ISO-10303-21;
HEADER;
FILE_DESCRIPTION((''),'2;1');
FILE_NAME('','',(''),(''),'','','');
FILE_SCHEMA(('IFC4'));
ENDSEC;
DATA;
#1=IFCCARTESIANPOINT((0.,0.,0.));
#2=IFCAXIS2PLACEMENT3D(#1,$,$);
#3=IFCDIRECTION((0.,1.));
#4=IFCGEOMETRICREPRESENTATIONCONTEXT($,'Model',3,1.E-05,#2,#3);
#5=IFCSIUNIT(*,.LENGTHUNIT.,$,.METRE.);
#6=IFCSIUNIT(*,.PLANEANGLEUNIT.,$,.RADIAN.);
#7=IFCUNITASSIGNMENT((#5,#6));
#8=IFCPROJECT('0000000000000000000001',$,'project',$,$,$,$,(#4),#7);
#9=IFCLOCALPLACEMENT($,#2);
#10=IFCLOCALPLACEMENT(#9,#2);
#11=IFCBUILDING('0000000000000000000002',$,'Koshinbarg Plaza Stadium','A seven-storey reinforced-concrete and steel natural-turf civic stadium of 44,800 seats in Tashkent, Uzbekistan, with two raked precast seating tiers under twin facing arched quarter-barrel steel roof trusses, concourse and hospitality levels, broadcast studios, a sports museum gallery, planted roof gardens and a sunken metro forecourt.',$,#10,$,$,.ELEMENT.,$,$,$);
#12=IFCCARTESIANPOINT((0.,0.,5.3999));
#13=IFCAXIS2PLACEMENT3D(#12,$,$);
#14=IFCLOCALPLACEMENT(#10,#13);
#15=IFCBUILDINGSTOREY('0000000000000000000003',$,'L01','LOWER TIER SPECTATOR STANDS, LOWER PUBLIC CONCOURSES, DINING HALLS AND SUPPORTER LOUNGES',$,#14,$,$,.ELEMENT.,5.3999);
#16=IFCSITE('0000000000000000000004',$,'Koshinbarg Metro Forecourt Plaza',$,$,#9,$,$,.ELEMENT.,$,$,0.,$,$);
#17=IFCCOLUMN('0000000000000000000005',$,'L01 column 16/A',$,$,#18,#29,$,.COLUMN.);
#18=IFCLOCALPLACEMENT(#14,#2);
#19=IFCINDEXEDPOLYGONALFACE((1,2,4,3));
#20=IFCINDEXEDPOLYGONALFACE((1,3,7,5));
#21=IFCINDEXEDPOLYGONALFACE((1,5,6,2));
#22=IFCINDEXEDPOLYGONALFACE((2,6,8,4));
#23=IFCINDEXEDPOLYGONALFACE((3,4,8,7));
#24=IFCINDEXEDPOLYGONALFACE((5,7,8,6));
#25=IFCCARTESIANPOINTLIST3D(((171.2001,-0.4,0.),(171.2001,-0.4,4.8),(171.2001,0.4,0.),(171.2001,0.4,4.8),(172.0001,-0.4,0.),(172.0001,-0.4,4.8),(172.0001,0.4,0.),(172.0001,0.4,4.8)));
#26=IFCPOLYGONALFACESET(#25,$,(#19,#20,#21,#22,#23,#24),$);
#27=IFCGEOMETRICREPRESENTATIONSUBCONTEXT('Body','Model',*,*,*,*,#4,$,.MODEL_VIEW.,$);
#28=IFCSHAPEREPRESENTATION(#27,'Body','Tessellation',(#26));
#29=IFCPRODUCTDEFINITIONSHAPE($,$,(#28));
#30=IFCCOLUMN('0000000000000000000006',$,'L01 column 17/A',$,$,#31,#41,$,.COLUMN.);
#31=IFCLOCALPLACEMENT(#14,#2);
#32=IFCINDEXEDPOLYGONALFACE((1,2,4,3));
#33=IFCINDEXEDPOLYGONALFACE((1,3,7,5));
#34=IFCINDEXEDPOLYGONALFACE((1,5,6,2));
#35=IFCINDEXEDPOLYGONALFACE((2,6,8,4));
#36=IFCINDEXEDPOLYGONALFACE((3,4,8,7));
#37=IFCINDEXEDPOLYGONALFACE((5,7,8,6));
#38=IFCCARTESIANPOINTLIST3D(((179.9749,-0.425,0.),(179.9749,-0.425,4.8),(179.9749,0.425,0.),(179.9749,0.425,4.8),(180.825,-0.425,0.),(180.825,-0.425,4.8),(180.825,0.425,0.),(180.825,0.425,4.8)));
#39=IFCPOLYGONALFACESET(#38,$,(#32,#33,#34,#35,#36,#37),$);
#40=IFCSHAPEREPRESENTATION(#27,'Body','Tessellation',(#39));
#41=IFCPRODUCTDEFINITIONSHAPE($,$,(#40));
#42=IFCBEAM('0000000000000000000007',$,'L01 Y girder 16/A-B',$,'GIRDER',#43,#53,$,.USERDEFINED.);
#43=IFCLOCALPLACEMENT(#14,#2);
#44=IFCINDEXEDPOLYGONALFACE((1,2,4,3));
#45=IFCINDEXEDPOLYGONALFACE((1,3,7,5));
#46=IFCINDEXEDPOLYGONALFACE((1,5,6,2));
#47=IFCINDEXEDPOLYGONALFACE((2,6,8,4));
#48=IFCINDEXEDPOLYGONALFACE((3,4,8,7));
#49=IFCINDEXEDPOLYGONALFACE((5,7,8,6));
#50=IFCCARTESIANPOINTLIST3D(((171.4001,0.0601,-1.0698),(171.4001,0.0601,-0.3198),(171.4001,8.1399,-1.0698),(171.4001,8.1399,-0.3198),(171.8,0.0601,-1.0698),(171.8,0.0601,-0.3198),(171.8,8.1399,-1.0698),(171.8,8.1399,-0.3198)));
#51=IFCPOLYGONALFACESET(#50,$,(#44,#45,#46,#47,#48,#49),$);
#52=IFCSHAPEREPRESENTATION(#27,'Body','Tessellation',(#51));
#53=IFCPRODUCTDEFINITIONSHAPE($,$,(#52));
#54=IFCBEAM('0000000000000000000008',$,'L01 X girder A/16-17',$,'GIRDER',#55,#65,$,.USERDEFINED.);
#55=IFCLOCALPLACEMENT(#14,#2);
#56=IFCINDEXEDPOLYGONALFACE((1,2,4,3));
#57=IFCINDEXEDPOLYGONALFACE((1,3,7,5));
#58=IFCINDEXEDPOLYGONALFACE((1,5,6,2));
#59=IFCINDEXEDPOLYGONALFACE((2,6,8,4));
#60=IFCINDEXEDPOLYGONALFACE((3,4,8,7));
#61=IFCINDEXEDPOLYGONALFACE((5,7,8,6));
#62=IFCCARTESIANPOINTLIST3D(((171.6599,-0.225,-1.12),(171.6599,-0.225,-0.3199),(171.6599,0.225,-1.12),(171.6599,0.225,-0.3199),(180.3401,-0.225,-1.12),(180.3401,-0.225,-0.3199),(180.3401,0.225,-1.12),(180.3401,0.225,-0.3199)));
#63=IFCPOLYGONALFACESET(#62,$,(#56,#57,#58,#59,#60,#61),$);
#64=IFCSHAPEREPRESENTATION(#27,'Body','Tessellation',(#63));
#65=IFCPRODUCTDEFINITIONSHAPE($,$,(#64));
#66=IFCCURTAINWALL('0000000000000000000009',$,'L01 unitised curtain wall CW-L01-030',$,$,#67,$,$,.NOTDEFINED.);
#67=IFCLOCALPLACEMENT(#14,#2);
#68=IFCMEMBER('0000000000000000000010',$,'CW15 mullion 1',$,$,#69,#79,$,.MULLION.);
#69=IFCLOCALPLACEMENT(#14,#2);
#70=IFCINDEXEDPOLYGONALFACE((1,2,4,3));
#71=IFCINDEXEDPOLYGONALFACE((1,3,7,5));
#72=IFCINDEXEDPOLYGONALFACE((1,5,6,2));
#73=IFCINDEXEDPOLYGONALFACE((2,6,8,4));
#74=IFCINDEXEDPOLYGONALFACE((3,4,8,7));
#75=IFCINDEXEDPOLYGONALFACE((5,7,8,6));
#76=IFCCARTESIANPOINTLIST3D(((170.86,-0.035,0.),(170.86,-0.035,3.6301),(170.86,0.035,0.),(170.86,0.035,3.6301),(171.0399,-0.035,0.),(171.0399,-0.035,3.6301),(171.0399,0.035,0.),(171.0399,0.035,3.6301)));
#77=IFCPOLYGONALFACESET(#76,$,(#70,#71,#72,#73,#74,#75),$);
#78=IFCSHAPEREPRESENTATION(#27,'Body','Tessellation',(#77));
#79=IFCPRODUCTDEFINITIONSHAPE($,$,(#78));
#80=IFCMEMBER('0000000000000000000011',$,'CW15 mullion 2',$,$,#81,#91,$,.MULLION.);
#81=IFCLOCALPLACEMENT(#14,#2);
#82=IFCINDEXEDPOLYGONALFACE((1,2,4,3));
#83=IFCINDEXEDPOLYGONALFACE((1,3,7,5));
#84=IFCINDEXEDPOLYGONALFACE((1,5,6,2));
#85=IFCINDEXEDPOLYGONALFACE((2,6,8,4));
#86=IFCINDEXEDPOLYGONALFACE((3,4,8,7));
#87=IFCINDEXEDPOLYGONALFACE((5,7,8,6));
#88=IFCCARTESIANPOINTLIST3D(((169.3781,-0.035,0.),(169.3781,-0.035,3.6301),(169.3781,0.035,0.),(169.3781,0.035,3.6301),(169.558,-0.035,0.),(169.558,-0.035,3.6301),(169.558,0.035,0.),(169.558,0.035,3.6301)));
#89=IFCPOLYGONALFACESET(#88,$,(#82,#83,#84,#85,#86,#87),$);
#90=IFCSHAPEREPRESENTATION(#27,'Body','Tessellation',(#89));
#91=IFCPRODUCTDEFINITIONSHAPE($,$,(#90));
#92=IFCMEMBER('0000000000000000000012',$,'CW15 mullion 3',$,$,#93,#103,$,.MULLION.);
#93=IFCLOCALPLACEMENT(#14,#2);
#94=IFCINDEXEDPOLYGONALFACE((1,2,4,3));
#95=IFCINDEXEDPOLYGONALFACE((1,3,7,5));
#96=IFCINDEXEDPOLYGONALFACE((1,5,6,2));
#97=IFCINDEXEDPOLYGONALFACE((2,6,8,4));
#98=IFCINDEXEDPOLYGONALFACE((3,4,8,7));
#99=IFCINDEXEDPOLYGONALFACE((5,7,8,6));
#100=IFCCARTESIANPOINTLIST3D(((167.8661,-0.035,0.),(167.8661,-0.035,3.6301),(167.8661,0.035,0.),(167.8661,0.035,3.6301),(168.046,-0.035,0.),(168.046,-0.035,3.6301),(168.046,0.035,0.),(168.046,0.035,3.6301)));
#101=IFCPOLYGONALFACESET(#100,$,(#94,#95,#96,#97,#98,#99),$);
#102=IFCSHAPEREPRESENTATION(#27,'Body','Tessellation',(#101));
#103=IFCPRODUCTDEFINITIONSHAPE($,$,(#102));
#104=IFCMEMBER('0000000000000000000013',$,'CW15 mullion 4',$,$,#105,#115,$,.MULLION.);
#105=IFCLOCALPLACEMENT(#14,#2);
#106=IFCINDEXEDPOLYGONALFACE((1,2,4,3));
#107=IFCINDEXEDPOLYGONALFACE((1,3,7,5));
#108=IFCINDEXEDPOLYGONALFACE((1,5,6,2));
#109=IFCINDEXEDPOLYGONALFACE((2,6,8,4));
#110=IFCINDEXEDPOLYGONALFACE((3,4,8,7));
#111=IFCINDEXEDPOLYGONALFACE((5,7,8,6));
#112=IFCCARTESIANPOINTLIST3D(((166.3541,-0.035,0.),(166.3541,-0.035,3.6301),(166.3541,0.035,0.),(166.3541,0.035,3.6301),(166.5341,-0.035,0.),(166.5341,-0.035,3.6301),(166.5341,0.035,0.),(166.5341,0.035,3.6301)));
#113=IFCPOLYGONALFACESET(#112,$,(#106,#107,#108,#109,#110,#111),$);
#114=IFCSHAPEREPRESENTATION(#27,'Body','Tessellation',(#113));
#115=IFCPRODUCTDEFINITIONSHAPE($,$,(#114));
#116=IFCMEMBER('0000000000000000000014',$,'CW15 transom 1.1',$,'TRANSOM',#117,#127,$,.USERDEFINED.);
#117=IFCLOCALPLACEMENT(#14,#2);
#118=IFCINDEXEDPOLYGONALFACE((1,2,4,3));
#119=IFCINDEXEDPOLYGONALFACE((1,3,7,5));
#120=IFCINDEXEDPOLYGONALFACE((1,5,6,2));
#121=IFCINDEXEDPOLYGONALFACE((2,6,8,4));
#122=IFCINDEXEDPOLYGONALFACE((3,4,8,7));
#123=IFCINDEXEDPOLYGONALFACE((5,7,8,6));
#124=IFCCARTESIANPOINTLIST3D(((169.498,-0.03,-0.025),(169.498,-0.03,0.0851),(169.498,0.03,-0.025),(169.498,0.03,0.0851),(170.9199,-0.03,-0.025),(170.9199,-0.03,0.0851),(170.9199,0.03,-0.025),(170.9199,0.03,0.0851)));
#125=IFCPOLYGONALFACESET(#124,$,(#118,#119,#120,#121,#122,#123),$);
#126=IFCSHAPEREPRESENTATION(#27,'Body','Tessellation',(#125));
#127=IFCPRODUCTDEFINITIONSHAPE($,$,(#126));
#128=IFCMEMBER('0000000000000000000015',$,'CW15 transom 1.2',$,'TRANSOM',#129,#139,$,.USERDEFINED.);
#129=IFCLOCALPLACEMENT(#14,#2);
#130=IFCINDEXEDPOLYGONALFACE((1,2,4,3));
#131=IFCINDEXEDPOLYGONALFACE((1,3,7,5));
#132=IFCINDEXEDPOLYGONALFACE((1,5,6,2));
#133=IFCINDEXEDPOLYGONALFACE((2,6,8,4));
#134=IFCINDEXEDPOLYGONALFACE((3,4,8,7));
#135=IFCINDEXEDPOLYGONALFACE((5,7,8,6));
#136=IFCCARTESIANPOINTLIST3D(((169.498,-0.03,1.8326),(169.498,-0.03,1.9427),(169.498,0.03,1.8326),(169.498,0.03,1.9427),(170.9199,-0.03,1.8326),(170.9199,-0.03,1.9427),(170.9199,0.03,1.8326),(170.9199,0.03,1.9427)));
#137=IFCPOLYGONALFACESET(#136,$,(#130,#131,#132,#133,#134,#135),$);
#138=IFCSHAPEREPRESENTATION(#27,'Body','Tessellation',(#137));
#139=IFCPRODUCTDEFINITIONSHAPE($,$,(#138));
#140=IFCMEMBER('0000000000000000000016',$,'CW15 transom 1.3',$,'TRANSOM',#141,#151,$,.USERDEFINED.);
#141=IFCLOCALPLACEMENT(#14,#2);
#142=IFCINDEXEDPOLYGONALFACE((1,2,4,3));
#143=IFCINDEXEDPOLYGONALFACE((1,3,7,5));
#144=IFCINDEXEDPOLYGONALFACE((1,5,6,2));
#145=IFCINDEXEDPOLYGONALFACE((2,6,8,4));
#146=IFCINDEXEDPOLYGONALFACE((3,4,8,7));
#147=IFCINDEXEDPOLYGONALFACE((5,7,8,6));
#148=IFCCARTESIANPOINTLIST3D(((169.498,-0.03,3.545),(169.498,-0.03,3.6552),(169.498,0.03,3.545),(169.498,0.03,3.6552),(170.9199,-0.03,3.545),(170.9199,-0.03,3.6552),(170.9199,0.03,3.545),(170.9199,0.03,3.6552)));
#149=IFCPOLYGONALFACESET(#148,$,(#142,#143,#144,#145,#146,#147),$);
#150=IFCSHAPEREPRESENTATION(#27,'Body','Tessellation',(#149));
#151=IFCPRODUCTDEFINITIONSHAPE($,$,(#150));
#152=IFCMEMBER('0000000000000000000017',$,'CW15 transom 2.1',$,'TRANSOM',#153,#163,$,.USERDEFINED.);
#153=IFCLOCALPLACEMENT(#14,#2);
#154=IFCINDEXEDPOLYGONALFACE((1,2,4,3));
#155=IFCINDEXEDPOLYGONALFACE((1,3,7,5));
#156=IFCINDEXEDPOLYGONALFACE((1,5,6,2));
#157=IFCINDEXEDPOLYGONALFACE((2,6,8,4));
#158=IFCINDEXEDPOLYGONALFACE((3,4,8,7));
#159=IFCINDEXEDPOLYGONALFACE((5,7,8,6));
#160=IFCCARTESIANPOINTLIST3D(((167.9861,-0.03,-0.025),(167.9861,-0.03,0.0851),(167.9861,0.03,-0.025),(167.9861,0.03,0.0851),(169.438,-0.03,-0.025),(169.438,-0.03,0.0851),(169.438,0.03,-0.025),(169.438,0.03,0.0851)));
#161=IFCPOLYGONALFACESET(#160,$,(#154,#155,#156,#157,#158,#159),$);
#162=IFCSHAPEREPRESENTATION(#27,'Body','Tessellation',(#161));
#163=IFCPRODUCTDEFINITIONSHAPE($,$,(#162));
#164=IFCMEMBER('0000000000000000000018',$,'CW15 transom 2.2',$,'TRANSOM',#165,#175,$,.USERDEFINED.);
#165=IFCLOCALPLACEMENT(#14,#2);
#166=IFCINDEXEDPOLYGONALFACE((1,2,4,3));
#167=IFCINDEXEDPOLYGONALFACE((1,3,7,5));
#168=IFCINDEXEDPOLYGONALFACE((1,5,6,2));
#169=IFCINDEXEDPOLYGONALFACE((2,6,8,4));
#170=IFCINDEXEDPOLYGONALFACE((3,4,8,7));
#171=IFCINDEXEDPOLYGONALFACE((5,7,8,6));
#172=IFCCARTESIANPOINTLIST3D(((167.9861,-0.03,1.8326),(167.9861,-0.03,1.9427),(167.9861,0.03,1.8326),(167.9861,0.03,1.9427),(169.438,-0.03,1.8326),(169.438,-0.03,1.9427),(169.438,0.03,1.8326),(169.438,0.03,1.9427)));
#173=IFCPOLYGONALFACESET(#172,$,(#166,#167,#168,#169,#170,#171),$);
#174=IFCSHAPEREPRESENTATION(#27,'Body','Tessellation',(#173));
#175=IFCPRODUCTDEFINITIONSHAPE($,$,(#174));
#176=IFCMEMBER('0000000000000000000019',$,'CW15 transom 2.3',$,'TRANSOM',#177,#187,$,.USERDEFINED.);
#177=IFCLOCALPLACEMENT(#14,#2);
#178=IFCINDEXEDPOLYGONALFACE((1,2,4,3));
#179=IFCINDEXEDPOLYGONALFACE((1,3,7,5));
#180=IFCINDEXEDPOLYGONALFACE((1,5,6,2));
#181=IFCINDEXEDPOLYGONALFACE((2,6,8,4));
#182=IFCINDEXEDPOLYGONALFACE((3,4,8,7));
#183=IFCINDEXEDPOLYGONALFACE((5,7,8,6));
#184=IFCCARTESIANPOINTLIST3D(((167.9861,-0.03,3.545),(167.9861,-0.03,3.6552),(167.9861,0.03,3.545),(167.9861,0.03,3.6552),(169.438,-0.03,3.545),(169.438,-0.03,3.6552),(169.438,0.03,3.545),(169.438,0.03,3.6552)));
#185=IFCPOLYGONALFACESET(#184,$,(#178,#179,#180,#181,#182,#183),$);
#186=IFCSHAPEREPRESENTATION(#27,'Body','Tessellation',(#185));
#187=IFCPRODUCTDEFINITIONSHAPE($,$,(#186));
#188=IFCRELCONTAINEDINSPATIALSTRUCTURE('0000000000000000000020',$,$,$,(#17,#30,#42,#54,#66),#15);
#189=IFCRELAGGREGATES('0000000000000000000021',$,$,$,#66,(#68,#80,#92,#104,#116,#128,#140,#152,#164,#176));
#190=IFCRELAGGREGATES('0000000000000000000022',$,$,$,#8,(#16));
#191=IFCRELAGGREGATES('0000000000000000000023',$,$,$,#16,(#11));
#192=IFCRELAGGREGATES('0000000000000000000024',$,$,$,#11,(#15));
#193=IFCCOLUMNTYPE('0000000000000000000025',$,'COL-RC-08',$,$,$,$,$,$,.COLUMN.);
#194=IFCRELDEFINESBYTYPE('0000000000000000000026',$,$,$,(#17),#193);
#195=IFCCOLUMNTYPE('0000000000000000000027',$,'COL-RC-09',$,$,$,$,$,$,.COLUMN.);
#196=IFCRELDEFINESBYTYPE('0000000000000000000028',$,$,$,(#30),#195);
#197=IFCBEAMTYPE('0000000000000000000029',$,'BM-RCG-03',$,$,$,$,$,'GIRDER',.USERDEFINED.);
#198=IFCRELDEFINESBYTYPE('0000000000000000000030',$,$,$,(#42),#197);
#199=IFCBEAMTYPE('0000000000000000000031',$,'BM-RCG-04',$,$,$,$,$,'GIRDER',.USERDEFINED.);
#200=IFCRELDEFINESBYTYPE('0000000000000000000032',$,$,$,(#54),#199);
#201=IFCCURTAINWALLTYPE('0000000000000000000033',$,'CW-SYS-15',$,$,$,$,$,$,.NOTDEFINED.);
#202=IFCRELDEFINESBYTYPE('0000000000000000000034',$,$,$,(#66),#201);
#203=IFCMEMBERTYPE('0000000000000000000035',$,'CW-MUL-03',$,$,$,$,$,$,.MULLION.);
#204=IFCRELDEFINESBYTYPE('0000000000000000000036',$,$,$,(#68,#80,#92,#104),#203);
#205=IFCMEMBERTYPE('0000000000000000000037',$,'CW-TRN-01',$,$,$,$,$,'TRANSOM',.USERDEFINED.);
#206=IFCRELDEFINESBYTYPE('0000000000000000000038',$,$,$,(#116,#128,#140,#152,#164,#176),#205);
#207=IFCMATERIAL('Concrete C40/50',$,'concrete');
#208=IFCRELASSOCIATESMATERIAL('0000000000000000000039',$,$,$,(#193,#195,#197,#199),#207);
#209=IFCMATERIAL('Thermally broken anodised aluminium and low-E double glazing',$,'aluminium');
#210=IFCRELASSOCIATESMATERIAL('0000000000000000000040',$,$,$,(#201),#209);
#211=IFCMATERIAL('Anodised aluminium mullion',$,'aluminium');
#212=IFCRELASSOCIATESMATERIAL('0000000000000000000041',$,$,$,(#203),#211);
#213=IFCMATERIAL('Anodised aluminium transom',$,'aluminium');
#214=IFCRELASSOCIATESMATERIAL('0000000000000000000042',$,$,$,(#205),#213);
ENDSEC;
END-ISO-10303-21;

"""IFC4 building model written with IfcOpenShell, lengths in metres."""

from ifc_helpers import new_model, si_unit, direction, frame, origin, origin_2d, place, context, subcontext, project, spatial, rectangle, extrude, material, material_profile, profile_set, type_object, element, aggregate, save


model = new_model("IFC4")

# Units and contexts
model_context = context("Model", 3, precision=1e-05, world=origin(), true_north=direction((0.0, 1.0)))
body_context = subcontext(model_context, "Body", "Model", "MODEL_VIEW")
ifc_project = project(units=[si_unit("LENGTHUNIT", "METRE"), si_unit("PLANEANGLEUNIT", "RADIAN")], contexts=[model_context])

# Site, building, storey
site_placement = place(None, origin())
site = spatial("IfcSite", under=ifc_project, at=site_placement, Name="Koshinbarg Metro Forecourt Plaza", CompositionType="ELEMENT", RefElevation=0.0)
building_placement = place(site_placement, origin())
building = spatial("IfcBuilding", under=site, at=building_placement, Name="Koshinbarg Plaza Stadium", Description="A seven-storey reinforced-concrete and steel natural-turf civic stadium of 44,800 seats in Tashkent, Uzbekistan, with two raked precast seating tiers under twin facing arched quarter-barrel steel roof trusses, concourse and hospitality levels, broadcast studios, a sports museum gallery, planted roof gardens and a sunken metro forecourt.", CompositionType="ELEMENT")
storey_placement = place(building_placement, frame((0.0, 0.0, 5.3999)))
storey = spatial("IfcBuildingStorey", under=building, at=storey_placement, Name="L01", Description="LOWER TIER SPECTATOR STANDS, LOWER PUBLIC CONCOURSES, DINING HALLS AND SUPPORTER LOUNGES", CompositionType="ELEMENT", Elevation=5.3999)

# Columns
ifc_material_1 = material(Name="Concrete C40/50", Category="concrete")
ifc_material_profile_1 = material_profile(ifc_material_1, rectangle(XDim=0.8, YDim=0.8, at=origin_2d()), Name="RC 800x800")
ifc_profile_set_1 = profile_set([ifc_material_profile_1], Name="Concrete C40/50")
column_type_1 = type_object("IfcColumnType", Name="COL-RC-08", PredefinedType="COLUMN", material=ifc_profile_set_1)
column_1_placement = place(storey_placement, frame((171.6001, 0.0, 0.0), z_axis=(0.0, 0.0, 1.0), x_axis=(1.0, 0.0, 0.0)))
element("IfcColumn", 1, at=column_1_placement, inside=storey, type_object=column_type_1, Name="L01 column 16/A", PredefinedType="COLUMN", context=body_context, shape_type="SweptSolid", body=[
    extrude(rectangle(XDim=0.8, YDim=0.8, at=origin_2d()), origin(), (0.0, 0.0, 1.0), 4.8),
])
ifc_material_profile_2 = material_profile(ifc_material_1, rectangle(XDim=0.8501, YDim=0.8501, at=origin_2d()), Name="RC 850x850")
ifc_profile_set_2 = profile_set([ifc_material_profile_2], Name="Concrete C40/50")
column_type_2 = type_object("IfcColumnType", Name="COL-RC-09", PredefinedType="COLUMN", material=ifc_profile_set_2)
column_2_placement = place(storey_placement, frame((180.3999, 0.0, 0.0), z_axis=(0.0, 0.0, 1.0), x_axis=(1.0, 0.0, 0.0)))
element("IfcColumn", 2, at=column_2_placement, inside=storey, type_object=column_type_2, Name="L01 column 17/A", PredefinedType="COLUMN", context=body_context, shape_type="SweptSolid", body=[
    extrude(rectangle(XDim=0.8501, YDim=0.8501, at=origin_2d()), origin(), (0.0, 0.0, 1.0), 4.8),
])

# Beams
ifc_material_profile_3 = material_profile(ifc_material_1, rectangle(XDim=0.3999, YDim=0.75, at=origin_2d()), Name="RC 400x750")
ifc_profile_set_3 = profile_set([ifc_material_profile_3], Name="Concrete C40/50")
beam_type_1 = type_object("IfcBeamType", Name="BM-RCG-03", ElementType="GIRDER", PredefinedType="USERDEFINED", material=ifc_profile_set_3)
beam_1_placement = place(storey_placement, frame((171.6001, 0.0601, -0.6948), z_axis=(0.0, 1.0, 0.0), x_axis=(-1.0, 0.0, 0.0)))
element("IfcBeam", 3, at=beam_1_placement, inside=storey, type_object=beam_type_1, Name="L01 Y girder 16/A-B", ObjectType="GIRDER", PredefinedType="USERDEFINED", context=body_context, shape_type="SweptSolid", body=[
    extrude(rectangle(XDim=0.3999, YDim=0.75, at=origin_2d()), origin(), (0.0, 0.0, 1.0), 8.0798),
])
ifc_material_profile_4 = material_profile(ifc_material_1, rectangle(XDim=0.45, YDim=0.8, at=origin_2d()), Name="RC 450x800")
ifc_profile_set_4 = profile_set([ifc_material_profile_4], Name="Concrete C40/50")
beam_type_2 = type_object("IfcBeamType", Name="BM-RCG-04", ElementType="GIRDER", PredefinedType="USERDEFINED", material=ifc_profile_set_4)
beam_2_placement = place(storey_placement, frame((171.6599, 0.0, -0.72), z_axis=(1.0, 0.0, 0.0), x_axis=(0.0, 1.0, 0.0)))
element("IfcBeam", 4, at=beam_2_placement, inside=storey, type_object=beam_type_2, Name="L01 X girder A/16-17", ObjectType="GIRDER", PredefinedType="USERDEFINED", context=body_context, shape_type="SweptSolid", body=[
    extrude(rectangle(XDim=0.45, YDim=0.8, at=origin_2d()), origin(), (0.0, 0.0, 1.0), 8.6802),
])

# Curtain wall, members
ifc_material_2 = material(Name="Thermally broken anodised aluminium and low-E double glazing", Category="aluminium")
curtain_wall_type = type_object("IfcCurtainWallType", Name="CW-SYS-15", PredefinedType="NOTDEFINED", material=ifc_material_2)
curtain_wall_placement = place(storey_placement, origin())
curtain_wall = element("IfcCurtainWall", 5, at=curtain_wall_placement, inside=storey, type_object=curtain_wall_type, Name="L01 unitised curtain wall CW-L01-030", PredefinedType="NOTDEFINED")
ifc_material_3 = material(Name="Anodised aluminium mullion", Category="aluminium")
ifc_material_profile_5 = material_profile(ifc_material_3, rectangle(XDim=0.0701, YDim=0.1799, at=origin_2d()), Name="ALU 70x180")
ifc_profile_set_5 = profile_set([ifc_material_profile_5], Name="Anodised aluminium mullion")
member_type_1 = type_object("IfcMemberType", Name="CW-MUL-03", PredefinedType="MULLION", material=ifc_profile_set_5)
member_1_placement = place(storey_placement, frame((170.95, 0.0, 0.0), z_axis=(0.0, 0.0, 1.0), x_axis=(0.0, -1.0, 0.0)))
member_1 = element("IfcMember", 6, at=member_1_placement, type_object=member_type_1, Name="CW15 mullion 1", PredefinedType="MULLION", context=body_context, shape_type="SweptSolid", body=[
    extrude(rectangle(XDim=0.0701, YDim=0.1799, at=origin_2d()), origin(), (0.0, 0.0, 1.0), 3.6301),
])
member_2_placement = place(storey_placement, frame((169.468, 0.0, 0.0), z_axis=(0.0, 0.0, 1.0), x_axis=(0.0, -1.0, 0.0)))
member_2 = element("IfcMember", 7, at=member_2_placement, type_object=member_type_1, Name="CW15 mullion 2", PredefinedType="MULLION", context=body_context, shape_type="SweptSolid", body=[
    extrude(rectangle(XDim=0.0701, YDim=0.1799, at=origin_2d()), origin(), (0.0, 0.0, 1.0), 3.6301),
])
member_3_placement = place(storey_placement, frame((167.9561, 0.0, 0.0), z_axis=(0.0, 0.0, 1.0), x_axis=(0.0, -1.0, 0.0)))
member_3 = element("IfcMember", 8, at=member_3_placement, type_object=member_type_1, Name="CW15 mullion 3", PredefinedType="MULLION", context=body_context, shape_type="SweptSolid", body=[
    extrude(rectangle(XDim=0.0701, YDim=0.1799, at=origin_2d()), origin(), (0.0, 0.0, 1.0), 3.6301),
])
member_4_placement = place(storey_placement, frame((166.4441, 0.0, 0.0), z_axis=(0.0, 0.0, 1.0), x_axis=(0.0, -1.0, 0.0)))
member_4 = element("IfcMember", 9, at=member_4_placement, type_object=member_type_1, Name="CW15 mullion 4", PredefinedType="MULLION", context=body_context, shape_type="SweptSolid", body=[
    extrude(rectangle(XDim=0.0701, YDim=0.1799, at=origin_2d()), origin(), (0.0, 0.0, 1.0), 3.6301),
])
ifc_material_4 = material(Name="Anodised aluminium transom", Category="aluminium")
ifc_material_profile_6 = material_profile(ifc_material_4, rectangle(XDim=0.0601, YDim=0.1101, at=origin_2d()), Name="ALU 60x110")
ifc_profile_set_6 = profile_set([ifc_material_profile_6], Name="Anodised aluminium transom")
member_type_2 = type_object("IfcMemberType", Name="CW-TRN-01", ElementType="TRANSOM", PredefinedType="USERDEFINED", material=ifc_profile_set_6)
member_5_placement = place(storey_placement, frame((170.9199, 0.0, 0.03), z_axis=(-1.0, 0.0, 0.0), x_axis=(0.0, -1.0, 0.0)))
member_5 = element("IfcMember", 10, at=member_5_placement, type_object=member_type_2, Name="CW15 transom 1.1", ObjectType="TRANSOM", PredefinedType="USERDEFINED", context=body_context, shape_type="SweptSolid", body=[
    extrude(rectangle(XDim=0.0601, YDim=0.1101, at=origin_2d()), origin(), (0.0, 0.0, 1.0), 1.4219),
])
member_6_placement = place(storey_placement, frame((170.9199, 0.0, 1.8877), z_axis=(-1.0, 0.0, 0.0), x_axis=(0.0, -1.0, 0.0)))
member_6 = element("IfcMember", 11, at=member_6_placement, type_object=member_type_2, Name="CW15 transom 1.2", ObjectType="TRANSOM", PredefinedType="USERDEFINED", context=body_context, shape_type="SweptSolid", body=[
    extrude(rectangle(XDim=0.0601, YDim=0.1101, at=origin_2d()), origin(), (0.0, 0.0, 1.0), 1.4219),
])
member_7_placement = place(storey_placement, frame((170.9199, 0.0, 3.6001), z_axis=(-1.0, 0.0, 0.0), x_axis=(0.0, -1.0, 0.0)))
member_7 = element("IfcMember", 12, at=member_7_placement, type_object=member_type_2, Name="CW15 transom 1.3", ObjectType="TRANSOM", PredefinedType="USERDEFINED", context=body_context, shape_type="SweptSolid", body=[
    extrude(rectangle(XDim=0.0601, YDim=0.1101, at=origin_2d()), origin(), (0.0, 0.0, 1.0), 1.4219),
])
member_8_placement = place(storey_placement, frame((169.438, 0.0, 0.03), z_axis=(-1.0, 0.0, 0.0), x_axis=(0.0, -1.0, 0.0)))
member_8 = element("IfcMember", 13, at=member_8_placement, type_object=member_type_2, Name="CW15 transom 2.1", ObjectType="TRANSOM", PredefinedType="USERDEFINED", context=body_context, shape_type="SweptSolid", body=[
    extrude(rectangle(XDim=0.0601, YDim=0.1101, at=origin_2d()), origin(), (0.0, 0.0, 1.0), 1.4519),
])
member_9_placement = place(storey_placement, frame((169.438, 0.0, 1.8877), z_axis=(-1.0, 0.0, 0.0), x_axis=(0.0, -1.0, 0.0)))
member_9 = element("IfcMember", 14, at=member_9_placement, type_object=member_type_2, Name="CW15 transom 2.2", ObjectType="TRANSOM", PredefinedType="USERDEFINED", context=body_context, shape_type="SweptSolid", body=[
    extrude(rectangle(XDim=0.0601, YDim=0.1101, at=origin_2d()), origin(), (0.0, 0.0, 1.0), 1.4519),
])
member_10_placement = place(storey_placement, frame((169.438, 0.0, 3.6001), z_axis=(-1.0, 0.0, 0.0), x_axis=(0.0, -1.0, 0.0)))
member_10 = element("IfcMember", 15, at=member_10_placement, type_object=member_type_2, Name="CW15 transom 2.3", ObjectType="TRANSOM", PredefinedType="USERDEFINED", context=body_context, shape_type="SweptSolid", body=[
    extrude(rectangle(XDim=0.0601, YDim=0.1101, at=origin_2d()), origin(), (0.0, 0.0, 1.0), 1.4519),
])
aggregate(curtain_wall, [member_1, member_2, member_3, member_4, member_5, member_6, member_7, member_8, member_9, member_10])

save(model, "model.ifc")
